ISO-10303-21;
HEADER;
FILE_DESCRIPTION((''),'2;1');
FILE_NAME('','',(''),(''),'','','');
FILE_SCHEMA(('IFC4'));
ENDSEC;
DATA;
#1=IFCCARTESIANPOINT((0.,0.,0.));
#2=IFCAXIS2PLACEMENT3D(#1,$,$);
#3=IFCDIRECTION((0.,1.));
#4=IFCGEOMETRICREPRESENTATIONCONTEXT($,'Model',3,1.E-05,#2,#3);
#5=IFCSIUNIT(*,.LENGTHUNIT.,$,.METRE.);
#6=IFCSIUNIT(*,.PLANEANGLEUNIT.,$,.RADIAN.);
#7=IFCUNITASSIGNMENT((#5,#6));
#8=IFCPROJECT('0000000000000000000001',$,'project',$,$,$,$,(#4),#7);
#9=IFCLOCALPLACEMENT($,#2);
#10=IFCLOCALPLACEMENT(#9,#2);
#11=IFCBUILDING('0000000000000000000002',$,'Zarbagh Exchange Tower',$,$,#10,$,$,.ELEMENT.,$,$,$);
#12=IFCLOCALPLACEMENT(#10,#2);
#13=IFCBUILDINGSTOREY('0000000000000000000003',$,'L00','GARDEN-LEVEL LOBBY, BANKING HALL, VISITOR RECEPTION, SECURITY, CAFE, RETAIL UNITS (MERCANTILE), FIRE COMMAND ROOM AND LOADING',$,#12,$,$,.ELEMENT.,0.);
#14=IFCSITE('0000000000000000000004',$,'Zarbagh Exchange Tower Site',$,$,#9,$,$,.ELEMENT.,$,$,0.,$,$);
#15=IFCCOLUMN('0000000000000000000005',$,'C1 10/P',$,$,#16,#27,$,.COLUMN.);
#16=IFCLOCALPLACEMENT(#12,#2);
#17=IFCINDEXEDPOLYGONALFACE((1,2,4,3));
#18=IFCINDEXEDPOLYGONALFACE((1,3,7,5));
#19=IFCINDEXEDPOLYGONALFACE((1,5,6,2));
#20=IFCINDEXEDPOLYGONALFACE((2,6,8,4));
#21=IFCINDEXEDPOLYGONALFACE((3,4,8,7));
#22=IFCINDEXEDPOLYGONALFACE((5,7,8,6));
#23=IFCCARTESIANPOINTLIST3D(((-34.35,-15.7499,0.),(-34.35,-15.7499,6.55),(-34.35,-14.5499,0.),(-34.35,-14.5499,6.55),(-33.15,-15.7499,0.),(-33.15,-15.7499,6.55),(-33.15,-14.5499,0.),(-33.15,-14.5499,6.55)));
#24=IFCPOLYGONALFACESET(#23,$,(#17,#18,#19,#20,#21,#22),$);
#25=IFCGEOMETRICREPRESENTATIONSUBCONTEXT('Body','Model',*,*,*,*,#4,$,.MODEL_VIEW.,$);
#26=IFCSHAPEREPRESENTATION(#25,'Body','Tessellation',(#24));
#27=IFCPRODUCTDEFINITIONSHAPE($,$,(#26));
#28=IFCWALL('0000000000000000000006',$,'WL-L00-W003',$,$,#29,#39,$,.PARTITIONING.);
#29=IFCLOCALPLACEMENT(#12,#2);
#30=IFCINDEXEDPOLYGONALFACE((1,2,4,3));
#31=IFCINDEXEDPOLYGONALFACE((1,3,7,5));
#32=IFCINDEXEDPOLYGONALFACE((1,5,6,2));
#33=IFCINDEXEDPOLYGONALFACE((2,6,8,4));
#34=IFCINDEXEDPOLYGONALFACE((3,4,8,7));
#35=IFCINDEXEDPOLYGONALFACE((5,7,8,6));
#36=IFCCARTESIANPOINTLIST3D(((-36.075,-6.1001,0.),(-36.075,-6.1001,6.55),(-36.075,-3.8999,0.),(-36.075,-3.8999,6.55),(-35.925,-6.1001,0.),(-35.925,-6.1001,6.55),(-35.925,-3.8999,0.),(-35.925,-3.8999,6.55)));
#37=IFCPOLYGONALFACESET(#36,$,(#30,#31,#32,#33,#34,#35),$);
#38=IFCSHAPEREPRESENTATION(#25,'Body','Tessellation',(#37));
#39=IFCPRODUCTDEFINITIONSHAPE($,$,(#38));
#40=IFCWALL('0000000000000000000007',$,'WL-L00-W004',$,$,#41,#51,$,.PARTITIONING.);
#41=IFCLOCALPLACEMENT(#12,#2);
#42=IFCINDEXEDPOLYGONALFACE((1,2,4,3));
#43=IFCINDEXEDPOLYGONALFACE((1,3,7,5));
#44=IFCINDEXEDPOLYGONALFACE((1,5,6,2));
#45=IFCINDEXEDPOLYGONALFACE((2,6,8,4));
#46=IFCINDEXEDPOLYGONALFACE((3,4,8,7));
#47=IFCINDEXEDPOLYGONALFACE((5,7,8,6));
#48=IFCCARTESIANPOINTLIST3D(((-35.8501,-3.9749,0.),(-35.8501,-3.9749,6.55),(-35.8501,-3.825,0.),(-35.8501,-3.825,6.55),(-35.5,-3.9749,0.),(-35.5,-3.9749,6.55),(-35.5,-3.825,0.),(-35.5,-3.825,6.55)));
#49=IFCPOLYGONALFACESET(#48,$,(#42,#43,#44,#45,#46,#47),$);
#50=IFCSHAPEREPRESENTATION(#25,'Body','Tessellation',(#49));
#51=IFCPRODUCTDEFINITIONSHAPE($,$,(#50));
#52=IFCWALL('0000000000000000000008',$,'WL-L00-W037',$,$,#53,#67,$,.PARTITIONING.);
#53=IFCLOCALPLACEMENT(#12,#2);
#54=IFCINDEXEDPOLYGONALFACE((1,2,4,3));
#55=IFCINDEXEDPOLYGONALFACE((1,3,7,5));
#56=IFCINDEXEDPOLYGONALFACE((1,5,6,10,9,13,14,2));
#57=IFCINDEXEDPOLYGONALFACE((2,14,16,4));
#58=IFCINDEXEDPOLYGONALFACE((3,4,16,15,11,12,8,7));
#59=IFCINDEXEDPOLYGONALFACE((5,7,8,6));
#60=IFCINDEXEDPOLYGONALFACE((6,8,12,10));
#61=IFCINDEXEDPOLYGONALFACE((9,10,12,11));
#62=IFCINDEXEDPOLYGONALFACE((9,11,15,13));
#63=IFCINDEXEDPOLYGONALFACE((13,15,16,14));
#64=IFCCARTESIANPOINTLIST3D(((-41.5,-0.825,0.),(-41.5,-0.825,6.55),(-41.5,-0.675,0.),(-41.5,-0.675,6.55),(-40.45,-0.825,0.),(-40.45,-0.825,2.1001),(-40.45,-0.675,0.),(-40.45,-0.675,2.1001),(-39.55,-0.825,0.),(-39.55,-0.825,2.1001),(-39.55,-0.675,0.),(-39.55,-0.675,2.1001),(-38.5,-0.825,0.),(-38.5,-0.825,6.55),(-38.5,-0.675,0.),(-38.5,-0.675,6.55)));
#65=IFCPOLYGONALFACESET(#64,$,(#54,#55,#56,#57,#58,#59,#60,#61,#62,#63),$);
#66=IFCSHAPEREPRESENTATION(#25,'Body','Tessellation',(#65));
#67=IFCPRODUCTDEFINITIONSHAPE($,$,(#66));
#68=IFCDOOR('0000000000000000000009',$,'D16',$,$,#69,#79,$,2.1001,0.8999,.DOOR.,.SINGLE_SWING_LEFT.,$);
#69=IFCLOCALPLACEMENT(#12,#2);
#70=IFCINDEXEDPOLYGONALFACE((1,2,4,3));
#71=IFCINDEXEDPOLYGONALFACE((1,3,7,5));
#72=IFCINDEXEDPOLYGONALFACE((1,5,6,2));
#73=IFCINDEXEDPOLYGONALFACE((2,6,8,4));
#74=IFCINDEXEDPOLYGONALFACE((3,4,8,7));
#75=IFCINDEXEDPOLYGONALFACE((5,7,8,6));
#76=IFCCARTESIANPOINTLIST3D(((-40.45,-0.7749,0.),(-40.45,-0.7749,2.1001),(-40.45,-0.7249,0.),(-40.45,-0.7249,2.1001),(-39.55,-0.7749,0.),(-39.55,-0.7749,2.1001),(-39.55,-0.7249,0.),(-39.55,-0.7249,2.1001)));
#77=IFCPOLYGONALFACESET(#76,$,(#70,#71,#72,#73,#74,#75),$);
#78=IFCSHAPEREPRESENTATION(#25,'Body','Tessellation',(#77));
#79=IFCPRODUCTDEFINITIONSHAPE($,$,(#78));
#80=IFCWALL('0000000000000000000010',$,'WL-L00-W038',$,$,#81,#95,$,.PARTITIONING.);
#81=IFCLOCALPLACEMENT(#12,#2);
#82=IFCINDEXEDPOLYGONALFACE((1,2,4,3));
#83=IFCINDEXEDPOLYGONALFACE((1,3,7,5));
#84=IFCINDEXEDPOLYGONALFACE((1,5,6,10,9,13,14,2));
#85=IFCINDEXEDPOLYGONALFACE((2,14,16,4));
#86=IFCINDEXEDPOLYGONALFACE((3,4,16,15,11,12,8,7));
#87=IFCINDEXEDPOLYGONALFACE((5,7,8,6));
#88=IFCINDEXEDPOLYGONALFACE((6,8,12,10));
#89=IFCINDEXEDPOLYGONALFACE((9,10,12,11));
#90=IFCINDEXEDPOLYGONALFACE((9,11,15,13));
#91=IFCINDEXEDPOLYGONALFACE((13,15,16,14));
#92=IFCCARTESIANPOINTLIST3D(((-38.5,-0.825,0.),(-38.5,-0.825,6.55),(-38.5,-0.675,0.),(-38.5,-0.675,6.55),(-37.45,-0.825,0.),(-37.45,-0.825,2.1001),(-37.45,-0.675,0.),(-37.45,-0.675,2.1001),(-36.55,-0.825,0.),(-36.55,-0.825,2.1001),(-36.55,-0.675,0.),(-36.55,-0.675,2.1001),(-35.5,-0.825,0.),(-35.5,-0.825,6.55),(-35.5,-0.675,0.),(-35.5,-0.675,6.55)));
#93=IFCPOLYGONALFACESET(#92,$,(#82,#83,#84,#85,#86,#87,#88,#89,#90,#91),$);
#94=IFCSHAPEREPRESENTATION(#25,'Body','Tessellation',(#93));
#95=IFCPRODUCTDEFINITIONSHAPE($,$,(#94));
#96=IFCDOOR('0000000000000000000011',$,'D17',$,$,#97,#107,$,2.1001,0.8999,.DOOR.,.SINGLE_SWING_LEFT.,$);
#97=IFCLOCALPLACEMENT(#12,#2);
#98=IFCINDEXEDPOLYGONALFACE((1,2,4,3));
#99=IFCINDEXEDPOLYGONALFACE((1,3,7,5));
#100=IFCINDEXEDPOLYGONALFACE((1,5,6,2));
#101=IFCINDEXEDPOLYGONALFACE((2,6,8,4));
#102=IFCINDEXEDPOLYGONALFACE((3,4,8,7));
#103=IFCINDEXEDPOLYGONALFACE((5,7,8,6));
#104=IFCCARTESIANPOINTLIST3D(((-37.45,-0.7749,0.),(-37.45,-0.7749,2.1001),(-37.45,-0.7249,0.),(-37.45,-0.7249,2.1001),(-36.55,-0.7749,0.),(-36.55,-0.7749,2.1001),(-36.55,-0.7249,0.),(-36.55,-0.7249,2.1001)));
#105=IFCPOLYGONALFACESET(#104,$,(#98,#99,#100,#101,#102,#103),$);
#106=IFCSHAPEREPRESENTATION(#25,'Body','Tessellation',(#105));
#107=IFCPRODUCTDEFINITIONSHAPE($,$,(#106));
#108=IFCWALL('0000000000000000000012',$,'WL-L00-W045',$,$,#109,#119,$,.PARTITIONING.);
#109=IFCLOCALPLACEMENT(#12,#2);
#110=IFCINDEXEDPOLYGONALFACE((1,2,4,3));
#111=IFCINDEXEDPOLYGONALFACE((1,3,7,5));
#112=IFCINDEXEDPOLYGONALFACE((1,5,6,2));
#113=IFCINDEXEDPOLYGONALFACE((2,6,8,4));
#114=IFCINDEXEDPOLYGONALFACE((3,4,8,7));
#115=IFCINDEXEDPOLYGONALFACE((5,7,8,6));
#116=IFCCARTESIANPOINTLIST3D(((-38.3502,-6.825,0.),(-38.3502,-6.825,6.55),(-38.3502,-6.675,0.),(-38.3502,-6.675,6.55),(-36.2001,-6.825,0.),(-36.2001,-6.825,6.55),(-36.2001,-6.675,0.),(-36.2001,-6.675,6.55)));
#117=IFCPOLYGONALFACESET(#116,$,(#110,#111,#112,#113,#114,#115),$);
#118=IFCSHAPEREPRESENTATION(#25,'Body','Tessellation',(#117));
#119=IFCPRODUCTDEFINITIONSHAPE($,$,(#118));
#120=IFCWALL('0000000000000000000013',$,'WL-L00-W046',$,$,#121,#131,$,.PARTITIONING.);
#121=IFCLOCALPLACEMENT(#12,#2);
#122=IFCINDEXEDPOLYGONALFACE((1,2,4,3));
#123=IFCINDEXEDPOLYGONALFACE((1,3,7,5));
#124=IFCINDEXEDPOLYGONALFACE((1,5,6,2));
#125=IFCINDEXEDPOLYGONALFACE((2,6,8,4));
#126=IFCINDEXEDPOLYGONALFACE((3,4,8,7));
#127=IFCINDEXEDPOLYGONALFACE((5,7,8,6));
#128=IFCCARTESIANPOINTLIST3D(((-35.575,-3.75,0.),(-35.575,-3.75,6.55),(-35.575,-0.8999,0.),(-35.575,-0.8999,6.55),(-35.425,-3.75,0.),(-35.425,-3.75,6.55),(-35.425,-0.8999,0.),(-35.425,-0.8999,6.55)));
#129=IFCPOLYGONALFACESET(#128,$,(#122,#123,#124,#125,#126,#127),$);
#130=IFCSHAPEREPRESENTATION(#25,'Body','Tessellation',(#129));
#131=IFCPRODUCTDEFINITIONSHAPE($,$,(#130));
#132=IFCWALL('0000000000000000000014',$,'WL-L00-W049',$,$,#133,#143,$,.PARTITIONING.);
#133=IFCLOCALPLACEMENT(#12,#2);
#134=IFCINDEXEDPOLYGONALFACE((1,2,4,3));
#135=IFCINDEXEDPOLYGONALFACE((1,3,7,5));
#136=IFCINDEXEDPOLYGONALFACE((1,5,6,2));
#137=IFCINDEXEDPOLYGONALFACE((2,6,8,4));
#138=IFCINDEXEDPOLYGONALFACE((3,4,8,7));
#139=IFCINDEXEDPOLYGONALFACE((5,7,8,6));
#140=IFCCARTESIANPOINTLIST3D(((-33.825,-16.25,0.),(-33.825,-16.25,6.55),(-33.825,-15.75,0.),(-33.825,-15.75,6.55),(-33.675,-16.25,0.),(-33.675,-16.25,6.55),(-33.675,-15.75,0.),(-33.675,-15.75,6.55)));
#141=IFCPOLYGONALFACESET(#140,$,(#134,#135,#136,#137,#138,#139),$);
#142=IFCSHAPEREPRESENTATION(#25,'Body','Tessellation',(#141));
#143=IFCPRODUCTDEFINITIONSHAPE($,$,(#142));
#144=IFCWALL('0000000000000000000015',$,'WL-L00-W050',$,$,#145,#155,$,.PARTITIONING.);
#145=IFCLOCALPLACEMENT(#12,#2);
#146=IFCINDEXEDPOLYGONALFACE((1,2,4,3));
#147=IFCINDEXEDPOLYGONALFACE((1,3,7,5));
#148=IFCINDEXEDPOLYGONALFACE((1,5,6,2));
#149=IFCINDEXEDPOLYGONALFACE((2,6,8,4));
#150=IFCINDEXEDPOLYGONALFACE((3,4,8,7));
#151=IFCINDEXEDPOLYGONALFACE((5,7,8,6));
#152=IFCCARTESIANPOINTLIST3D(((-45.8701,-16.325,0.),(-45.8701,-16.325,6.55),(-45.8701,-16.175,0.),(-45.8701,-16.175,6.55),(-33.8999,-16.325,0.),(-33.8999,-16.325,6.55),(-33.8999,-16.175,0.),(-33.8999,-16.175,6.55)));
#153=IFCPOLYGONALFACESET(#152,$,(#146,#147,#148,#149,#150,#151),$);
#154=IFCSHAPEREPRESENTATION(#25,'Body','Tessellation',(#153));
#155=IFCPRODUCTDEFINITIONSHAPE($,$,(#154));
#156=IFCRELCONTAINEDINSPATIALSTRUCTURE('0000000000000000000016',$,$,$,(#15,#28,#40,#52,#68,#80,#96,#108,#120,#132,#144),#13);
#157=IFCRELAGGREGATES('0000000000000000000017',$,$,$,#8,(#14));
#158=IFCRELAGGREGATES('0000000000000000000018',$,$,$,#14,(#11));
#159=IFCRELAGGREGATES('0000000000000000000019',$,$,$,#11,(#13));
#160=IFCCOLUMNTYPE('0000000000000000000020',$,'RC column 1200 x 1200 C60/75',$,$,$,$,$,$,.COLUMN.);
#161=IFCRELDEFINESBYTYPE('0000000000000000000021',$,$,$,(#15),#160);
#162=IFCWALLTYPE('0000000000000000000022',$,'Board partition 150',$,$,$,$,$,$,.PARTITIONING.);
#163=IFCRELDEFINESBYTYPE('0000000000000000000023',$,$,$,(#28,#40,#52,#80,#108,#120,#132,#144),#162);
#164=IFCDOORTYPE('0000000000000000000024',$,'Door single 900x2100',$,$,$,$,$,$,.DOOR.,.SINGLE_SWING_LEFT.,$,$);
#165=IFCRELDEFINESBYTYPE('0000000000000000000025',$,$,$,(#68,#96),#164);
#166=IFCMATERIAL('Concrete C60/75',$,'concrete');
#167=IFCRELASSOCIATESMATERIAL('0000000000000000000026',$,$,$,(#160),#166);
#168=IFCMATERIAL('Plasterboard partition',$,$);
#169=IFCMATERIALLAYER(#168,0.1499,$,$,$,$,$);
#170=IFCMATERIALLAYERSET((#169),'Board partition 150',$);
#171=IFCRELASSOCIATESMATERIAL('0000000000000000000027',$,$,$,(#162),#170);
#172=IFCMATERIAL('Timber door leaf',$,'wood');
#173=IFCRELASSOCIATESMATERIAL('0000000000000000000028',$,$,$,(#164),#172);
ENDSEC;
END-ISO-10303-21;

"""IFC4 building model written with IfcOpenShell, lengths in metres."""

from ifc_helpers import new_model, si_unit, direction, frame, frame_2d, origin, origin_2d, place, context, subcontext, project, spatial, rectangle, extrude, material, layer, layer_set, material_profile, profile_set, type_object, element, fill, save


model = new_model("IFC4")

# Units and contexts
model_context = context("Model", 3, precision=1e-05, world=origin(), true_north=direction((0.0, 1.0)))
body_context = subcontext(model_context, "Body", "Model", "MODEL_VIEW")
ifc_project = project(units=[si_unit("LENGTHUNIT", "METRE"), si_unit("PLANEANGLEUNIT", "RADIAN")], contexts=[model_context])

# Site, building, storey
site_placement = place(None, origin())
site = spatial("IfcSite", under=ifc_project, at=site_placement, Name="Zarbagh Exchange Tower Site", CompositionType="ELEMENT", RefElevation=0.0)
building_placement = place(site_placement, origin())
building = spatial("IfcBuilding", under=site, at=building_placement, Name="Zarbagh Exchange Tower", CompositionType="ELEMENT")
storey_placement = place(building_placement, origin())
storey = spatial("IfcBuildingStorey", under=building, at=storey_placement, Name="L00", Description="GARDEN-LEVEL LOBBY, BANKING HALL, VISITOR RECEPTION, SECURITY, CAFE, RETAIL UNITS (MERCANTILE), FIRE COMMAND ROOM AND LOADING", CompositionType="ELEMENT", Elevation=0.0)

# Column
ifc_material_1 = material(Name="Concrete C60/75", Category="concrete")
ifc_material_profile = material_profile(ifc_material_1, rectangle(XDim=1.2, YDim=1.2, at=origin_2d()), Name="RC column 1200 x 1200 C60/75")
ifc_profile_set = profile_set([ifc_material_profile], Name="Concrete C60/75")
column_type = type_object("IfcColumnType", Name="RC column 1200 x 1200 C60/75", PredefinedType="COLUMN", material=ifc_profile_set)
column_placement = place(storey_placement, frame((-33.75, -15.1499, 0.0), z_axis=(0.0, 0.0, 1.0), x_axis=(1.0, 0.0, 0.0)))
element("IfcColumn", 1, at=column_placement, inside=storey, type_object=column_type, Name="C1 10/P", PredefinedType="COLUMN", context=body_context, shape_type="SweptSolid", body=[
    extrude(rectangle(XDim=1.2, YDim=1.2, at=origin_2d()), origin(), (0.0, 0.0, 1.0), 6.55),
])

# Walls
ifc_material_2 = material(Name="Plasterboard partition")
ifc_layer_1 = layer(ifc_material_2, 0.1499)
ifc_layer_set_1 = layer_set([ifc_layer_1], Name="Board partition 150")
wall_type_1 = type_object("IfcWallType", Name="Board partition 150", PredefinedType="PARTITIONING", material=ifc_layer_set_1)
wall_1_placement = place(storey_placement, frame((-36.0, -6.1001, 0.0), z_axis=(0.0, 0.0, 1.0), x_axis=(0.0, 1.0, 0.0)))
element("IfcWall", 2, at=wall_1_placement, inside=storey, type_object=wall_type_1, Name="WL-L00-W003", PredefinedType="PARTITIONING", context=body_context, shape_type="SweptSolid", body=[
    extrude(rectangle(XDim=2.2002, YDim=0.1499, at=frame_2d((1.1001, 0.0))), origin(), (0.0, 0.0, 1.0), 6.55),
])
wall_2_placement = place(storey_placement, frame((-35.8501, -3.8999, 0.0), z_axis=(0.0, 0.0, 1.0), x_axis=(1.0, 0.0, 0.0)))
element("IfcWall", 3, at=wall_2_placement, inside=storey, type_object=wall_type_1, Name="WL-L00-W004", PredefinedType="PARTITIONING", context=body_context, shape_type="SweptSolid", body=[
    extrude(rectangle(XDim=0.3501, YDim=0.1499, at=frame_2d((0.175, 0.0))), origin(), (0.0, 0.0, 1.0), 6.55),
])

# Walls, openings, doors
wall_3_placement = place(storey_placement, frame((-38.5, -0.75, 0.0), z_axis=(0.0, 0.0, 1.0), x_axis=(-1.0, 0.0, 0.0)))
wall_3 = element("IfcWall", 4, at=wall_3_placement, inside=storey, type_object=wall_type_1, Name="WL-L00-W037", PredefinedType="PARTITIONING", context=body_context, shape_type="SweptSolid", body=[
    extrude(rectangle(XDim=3.0, YDim=0.1499, at=frame_2d((1.5, 0.0))), origin(), (0.0, 0.0, 1.0), 6.55),
])
opening_1_placement = place(wall_3_placement, frame((1.05, 0.0, 0.0)))
opening_1 = element("IfcOpeningElement", 5, at=opening_1_placement, cuts=wall_3, PredefinedType="OPENING", context=body_context, shape_type="SweptSolid", body=[
    extrude(rectangle(XDim=0.8999, YDim=2.1001, at=frame_2d((0.45, 1.05))), frame((0.0, 0.085, 0.0), z_axis=(0.0, -1.0, 0.0), x_axis=(1.0, 0.0, 0.0)), (0.0, 0.0, 1.0), 0.1699),
])
ifc_material_3 = material(Name="Timber door leaf", Category="wood")
door_type_1 = type_object("IfcDoorType", Name="Door single 900x2100", OperationType="SINGLE_SWING_LEFT", PredefinedType="DOOR", material=ifc_material_3)
door_1_placement = place(opening_1_placement, origin())
door_1 = element("IfcDoor", 6, at=door_1_placement, inside=storey, type_object=door_type_1, Name="D16", OperationType="SINGLE_SWING_LEFT", OverallHeight=2.1001, OverallWidth=0.8999, PredefinedType="DOOR", context=body_context, shape_type="SweptSolid", body=[
    extrude(rectangle(XDim=0.8999, YDim=2.1001, at=frame_2d((0.45, 1.05))), frame((0.0, 0.0249, 0.0), z_axis=(0.0, -1.0, 0.0), x_axis=(1.0, 0.0, 0.0)), (0.0, 0.0, 1.0), 0.05),
])
fill(opening_1, door_1)
wall_4_placement = place(storey_placement, frame((-35.5, -0.75, 0.0), z_axis=(0.0, 0.0, 1.0), x_axis=(-1.0, 0.0, 0.0)))
wall_4 = element("IfcWall", 7, at=wall_4_placement, inside=storey, type_object=wall_type_1, Name="WL-L00-W038", PredefinedType="PARTITIONING", context=body_context, shape_type="SweptSolid", body=[
    extrude(rectangle(XDim=3.0, YDim=0.1499, at=frame_2d((1.5, 0.0))), origin(), (0.0, 0.0, 1.0), 6.55),
])
opening_2_placement = place(wall_4_placement, frame((1.05, 0.0, 0.0)))
opening_2 = element("IfcOpeningElement", 8, at=opening_2_placement, cuts=wall_4, PredefinedType="OPENING", context=body_context, shape_type="SweptSolid", body=[
    extrude(rectangle(XDim=0.8999, YDim=2.1001, at=frame_2d((0.45, 1.05))), frame((0.0, 0.085, 0.0), z_axis=(0.0, -1.0, 0.0), x_axis=(1.0, 0.0, 0.0)), (0.0, 0.0, 1.0), 0.1699),
])
door_2_placement = place(opening_2_placement, origin())
door_2 = element("IfcDoor", 9, at=door_2_placement, inside=storey, type_object=door_type_1, Name="D17", OperationType="SINGLE_SWING_LEFT", OverallHeight=2.1001, OverallWidth=0.8999, PredefinedType="DOOR", context=body_context, shape_type="SweptSolid", body=[
    extrude(rectangle(XDim=0.8999, YDim=2.1001, at=frame_2d((0.45, 1.05))), frame((0.0, 0.0249, 0.0), z_axis=(0.0, -1.0, 0.0), x_axis=(1.0, 0.0, 0.0)), (0.0, 0.0, 1.0), 0.05),
])
fill(opening_2, door_2)

# Walls
wall_5_placement = place(storey_placement, frame((-36.2, -6.75, 0.0), z_axis=(0.0, 0.0, 1.0), x_axis=(-1.0, 0.0, 0.0)))
element("IfcWall", 10, at=wall_5_placement, inside=storey, type_object=wall_type_1, Name="WL-L00-W045", PredefinedType="PARTITIONING", context=body_context, shape_type="SweptSolid", body=[
    extrude(rectangle(XDim=2.1501, YDim=0.1499, at=frame_2d((1.0752, 0.0))), origin(), (0.0, 0.0, 1.0), 6.55),
])
wall_6_placement = place(storey_placement, frame((-35.5, -0.8999, 0.0), z_axis=(0.0, 0.0, 1.0), x_axis=(0.0, -1.0, 0.0)))
element("IfcWall", 11, at=wall_6_placement, inside=storey, type_object=wall_type_1, Name="WL-L00-W046", PredefinedType="PARTITIONING", context=body_context, shape_type="SweptSolid", body=[
    extrude(rectangle(XDim=2.8501, YDim=0.1499, at=frame_2d((1.425, 0.0))), origin(), (0.0, 0.0, 1.0), 6.55),
])
wall_7_placement = place(storey_placement, frame((-33.75, -15.75, 0.0), z_axis=(0.0, 0.0, 1.0), x_axis=(0.0, -1.0, 0.0)))
element("IfcWall", 12, at=wall_7_placement, inside=storey, type_object=wall_type_1, Name="WL-L00-W049", PredefinedType="PARTITIONING", context=body_context, shape_type="SweptSolid", body=[
    extrude(rectangle(XDim=0.5, YDim=0.1499, at=frame_2d((0.25, 0.0))), origin(), (0.0, 0.0, 1.0), 6.55),
])
wall_8_placement = place(storey_placement, frame((-33.8999, -16.25, 0.0), z_axis=(0.0, 0.0, 1.0), x_axis=(-1.0, 0.0, 0.0)))
element("IfcWall", 13, at=wall_8_placement, inside=storey, type_object=wall_type_1, Name="WL-L00-W050", PredefinedType="PARTITIONING", context=body_context, shape_type="SweptSolid", body=[
    extrude(rectangle(XDim=11.9702, YDim=0.1499, at=frame_2d((5.9851, 0.0))), origin(), (0.0, 0.0, 1.0), 6.55),
])

save(model, "model.ifc")
